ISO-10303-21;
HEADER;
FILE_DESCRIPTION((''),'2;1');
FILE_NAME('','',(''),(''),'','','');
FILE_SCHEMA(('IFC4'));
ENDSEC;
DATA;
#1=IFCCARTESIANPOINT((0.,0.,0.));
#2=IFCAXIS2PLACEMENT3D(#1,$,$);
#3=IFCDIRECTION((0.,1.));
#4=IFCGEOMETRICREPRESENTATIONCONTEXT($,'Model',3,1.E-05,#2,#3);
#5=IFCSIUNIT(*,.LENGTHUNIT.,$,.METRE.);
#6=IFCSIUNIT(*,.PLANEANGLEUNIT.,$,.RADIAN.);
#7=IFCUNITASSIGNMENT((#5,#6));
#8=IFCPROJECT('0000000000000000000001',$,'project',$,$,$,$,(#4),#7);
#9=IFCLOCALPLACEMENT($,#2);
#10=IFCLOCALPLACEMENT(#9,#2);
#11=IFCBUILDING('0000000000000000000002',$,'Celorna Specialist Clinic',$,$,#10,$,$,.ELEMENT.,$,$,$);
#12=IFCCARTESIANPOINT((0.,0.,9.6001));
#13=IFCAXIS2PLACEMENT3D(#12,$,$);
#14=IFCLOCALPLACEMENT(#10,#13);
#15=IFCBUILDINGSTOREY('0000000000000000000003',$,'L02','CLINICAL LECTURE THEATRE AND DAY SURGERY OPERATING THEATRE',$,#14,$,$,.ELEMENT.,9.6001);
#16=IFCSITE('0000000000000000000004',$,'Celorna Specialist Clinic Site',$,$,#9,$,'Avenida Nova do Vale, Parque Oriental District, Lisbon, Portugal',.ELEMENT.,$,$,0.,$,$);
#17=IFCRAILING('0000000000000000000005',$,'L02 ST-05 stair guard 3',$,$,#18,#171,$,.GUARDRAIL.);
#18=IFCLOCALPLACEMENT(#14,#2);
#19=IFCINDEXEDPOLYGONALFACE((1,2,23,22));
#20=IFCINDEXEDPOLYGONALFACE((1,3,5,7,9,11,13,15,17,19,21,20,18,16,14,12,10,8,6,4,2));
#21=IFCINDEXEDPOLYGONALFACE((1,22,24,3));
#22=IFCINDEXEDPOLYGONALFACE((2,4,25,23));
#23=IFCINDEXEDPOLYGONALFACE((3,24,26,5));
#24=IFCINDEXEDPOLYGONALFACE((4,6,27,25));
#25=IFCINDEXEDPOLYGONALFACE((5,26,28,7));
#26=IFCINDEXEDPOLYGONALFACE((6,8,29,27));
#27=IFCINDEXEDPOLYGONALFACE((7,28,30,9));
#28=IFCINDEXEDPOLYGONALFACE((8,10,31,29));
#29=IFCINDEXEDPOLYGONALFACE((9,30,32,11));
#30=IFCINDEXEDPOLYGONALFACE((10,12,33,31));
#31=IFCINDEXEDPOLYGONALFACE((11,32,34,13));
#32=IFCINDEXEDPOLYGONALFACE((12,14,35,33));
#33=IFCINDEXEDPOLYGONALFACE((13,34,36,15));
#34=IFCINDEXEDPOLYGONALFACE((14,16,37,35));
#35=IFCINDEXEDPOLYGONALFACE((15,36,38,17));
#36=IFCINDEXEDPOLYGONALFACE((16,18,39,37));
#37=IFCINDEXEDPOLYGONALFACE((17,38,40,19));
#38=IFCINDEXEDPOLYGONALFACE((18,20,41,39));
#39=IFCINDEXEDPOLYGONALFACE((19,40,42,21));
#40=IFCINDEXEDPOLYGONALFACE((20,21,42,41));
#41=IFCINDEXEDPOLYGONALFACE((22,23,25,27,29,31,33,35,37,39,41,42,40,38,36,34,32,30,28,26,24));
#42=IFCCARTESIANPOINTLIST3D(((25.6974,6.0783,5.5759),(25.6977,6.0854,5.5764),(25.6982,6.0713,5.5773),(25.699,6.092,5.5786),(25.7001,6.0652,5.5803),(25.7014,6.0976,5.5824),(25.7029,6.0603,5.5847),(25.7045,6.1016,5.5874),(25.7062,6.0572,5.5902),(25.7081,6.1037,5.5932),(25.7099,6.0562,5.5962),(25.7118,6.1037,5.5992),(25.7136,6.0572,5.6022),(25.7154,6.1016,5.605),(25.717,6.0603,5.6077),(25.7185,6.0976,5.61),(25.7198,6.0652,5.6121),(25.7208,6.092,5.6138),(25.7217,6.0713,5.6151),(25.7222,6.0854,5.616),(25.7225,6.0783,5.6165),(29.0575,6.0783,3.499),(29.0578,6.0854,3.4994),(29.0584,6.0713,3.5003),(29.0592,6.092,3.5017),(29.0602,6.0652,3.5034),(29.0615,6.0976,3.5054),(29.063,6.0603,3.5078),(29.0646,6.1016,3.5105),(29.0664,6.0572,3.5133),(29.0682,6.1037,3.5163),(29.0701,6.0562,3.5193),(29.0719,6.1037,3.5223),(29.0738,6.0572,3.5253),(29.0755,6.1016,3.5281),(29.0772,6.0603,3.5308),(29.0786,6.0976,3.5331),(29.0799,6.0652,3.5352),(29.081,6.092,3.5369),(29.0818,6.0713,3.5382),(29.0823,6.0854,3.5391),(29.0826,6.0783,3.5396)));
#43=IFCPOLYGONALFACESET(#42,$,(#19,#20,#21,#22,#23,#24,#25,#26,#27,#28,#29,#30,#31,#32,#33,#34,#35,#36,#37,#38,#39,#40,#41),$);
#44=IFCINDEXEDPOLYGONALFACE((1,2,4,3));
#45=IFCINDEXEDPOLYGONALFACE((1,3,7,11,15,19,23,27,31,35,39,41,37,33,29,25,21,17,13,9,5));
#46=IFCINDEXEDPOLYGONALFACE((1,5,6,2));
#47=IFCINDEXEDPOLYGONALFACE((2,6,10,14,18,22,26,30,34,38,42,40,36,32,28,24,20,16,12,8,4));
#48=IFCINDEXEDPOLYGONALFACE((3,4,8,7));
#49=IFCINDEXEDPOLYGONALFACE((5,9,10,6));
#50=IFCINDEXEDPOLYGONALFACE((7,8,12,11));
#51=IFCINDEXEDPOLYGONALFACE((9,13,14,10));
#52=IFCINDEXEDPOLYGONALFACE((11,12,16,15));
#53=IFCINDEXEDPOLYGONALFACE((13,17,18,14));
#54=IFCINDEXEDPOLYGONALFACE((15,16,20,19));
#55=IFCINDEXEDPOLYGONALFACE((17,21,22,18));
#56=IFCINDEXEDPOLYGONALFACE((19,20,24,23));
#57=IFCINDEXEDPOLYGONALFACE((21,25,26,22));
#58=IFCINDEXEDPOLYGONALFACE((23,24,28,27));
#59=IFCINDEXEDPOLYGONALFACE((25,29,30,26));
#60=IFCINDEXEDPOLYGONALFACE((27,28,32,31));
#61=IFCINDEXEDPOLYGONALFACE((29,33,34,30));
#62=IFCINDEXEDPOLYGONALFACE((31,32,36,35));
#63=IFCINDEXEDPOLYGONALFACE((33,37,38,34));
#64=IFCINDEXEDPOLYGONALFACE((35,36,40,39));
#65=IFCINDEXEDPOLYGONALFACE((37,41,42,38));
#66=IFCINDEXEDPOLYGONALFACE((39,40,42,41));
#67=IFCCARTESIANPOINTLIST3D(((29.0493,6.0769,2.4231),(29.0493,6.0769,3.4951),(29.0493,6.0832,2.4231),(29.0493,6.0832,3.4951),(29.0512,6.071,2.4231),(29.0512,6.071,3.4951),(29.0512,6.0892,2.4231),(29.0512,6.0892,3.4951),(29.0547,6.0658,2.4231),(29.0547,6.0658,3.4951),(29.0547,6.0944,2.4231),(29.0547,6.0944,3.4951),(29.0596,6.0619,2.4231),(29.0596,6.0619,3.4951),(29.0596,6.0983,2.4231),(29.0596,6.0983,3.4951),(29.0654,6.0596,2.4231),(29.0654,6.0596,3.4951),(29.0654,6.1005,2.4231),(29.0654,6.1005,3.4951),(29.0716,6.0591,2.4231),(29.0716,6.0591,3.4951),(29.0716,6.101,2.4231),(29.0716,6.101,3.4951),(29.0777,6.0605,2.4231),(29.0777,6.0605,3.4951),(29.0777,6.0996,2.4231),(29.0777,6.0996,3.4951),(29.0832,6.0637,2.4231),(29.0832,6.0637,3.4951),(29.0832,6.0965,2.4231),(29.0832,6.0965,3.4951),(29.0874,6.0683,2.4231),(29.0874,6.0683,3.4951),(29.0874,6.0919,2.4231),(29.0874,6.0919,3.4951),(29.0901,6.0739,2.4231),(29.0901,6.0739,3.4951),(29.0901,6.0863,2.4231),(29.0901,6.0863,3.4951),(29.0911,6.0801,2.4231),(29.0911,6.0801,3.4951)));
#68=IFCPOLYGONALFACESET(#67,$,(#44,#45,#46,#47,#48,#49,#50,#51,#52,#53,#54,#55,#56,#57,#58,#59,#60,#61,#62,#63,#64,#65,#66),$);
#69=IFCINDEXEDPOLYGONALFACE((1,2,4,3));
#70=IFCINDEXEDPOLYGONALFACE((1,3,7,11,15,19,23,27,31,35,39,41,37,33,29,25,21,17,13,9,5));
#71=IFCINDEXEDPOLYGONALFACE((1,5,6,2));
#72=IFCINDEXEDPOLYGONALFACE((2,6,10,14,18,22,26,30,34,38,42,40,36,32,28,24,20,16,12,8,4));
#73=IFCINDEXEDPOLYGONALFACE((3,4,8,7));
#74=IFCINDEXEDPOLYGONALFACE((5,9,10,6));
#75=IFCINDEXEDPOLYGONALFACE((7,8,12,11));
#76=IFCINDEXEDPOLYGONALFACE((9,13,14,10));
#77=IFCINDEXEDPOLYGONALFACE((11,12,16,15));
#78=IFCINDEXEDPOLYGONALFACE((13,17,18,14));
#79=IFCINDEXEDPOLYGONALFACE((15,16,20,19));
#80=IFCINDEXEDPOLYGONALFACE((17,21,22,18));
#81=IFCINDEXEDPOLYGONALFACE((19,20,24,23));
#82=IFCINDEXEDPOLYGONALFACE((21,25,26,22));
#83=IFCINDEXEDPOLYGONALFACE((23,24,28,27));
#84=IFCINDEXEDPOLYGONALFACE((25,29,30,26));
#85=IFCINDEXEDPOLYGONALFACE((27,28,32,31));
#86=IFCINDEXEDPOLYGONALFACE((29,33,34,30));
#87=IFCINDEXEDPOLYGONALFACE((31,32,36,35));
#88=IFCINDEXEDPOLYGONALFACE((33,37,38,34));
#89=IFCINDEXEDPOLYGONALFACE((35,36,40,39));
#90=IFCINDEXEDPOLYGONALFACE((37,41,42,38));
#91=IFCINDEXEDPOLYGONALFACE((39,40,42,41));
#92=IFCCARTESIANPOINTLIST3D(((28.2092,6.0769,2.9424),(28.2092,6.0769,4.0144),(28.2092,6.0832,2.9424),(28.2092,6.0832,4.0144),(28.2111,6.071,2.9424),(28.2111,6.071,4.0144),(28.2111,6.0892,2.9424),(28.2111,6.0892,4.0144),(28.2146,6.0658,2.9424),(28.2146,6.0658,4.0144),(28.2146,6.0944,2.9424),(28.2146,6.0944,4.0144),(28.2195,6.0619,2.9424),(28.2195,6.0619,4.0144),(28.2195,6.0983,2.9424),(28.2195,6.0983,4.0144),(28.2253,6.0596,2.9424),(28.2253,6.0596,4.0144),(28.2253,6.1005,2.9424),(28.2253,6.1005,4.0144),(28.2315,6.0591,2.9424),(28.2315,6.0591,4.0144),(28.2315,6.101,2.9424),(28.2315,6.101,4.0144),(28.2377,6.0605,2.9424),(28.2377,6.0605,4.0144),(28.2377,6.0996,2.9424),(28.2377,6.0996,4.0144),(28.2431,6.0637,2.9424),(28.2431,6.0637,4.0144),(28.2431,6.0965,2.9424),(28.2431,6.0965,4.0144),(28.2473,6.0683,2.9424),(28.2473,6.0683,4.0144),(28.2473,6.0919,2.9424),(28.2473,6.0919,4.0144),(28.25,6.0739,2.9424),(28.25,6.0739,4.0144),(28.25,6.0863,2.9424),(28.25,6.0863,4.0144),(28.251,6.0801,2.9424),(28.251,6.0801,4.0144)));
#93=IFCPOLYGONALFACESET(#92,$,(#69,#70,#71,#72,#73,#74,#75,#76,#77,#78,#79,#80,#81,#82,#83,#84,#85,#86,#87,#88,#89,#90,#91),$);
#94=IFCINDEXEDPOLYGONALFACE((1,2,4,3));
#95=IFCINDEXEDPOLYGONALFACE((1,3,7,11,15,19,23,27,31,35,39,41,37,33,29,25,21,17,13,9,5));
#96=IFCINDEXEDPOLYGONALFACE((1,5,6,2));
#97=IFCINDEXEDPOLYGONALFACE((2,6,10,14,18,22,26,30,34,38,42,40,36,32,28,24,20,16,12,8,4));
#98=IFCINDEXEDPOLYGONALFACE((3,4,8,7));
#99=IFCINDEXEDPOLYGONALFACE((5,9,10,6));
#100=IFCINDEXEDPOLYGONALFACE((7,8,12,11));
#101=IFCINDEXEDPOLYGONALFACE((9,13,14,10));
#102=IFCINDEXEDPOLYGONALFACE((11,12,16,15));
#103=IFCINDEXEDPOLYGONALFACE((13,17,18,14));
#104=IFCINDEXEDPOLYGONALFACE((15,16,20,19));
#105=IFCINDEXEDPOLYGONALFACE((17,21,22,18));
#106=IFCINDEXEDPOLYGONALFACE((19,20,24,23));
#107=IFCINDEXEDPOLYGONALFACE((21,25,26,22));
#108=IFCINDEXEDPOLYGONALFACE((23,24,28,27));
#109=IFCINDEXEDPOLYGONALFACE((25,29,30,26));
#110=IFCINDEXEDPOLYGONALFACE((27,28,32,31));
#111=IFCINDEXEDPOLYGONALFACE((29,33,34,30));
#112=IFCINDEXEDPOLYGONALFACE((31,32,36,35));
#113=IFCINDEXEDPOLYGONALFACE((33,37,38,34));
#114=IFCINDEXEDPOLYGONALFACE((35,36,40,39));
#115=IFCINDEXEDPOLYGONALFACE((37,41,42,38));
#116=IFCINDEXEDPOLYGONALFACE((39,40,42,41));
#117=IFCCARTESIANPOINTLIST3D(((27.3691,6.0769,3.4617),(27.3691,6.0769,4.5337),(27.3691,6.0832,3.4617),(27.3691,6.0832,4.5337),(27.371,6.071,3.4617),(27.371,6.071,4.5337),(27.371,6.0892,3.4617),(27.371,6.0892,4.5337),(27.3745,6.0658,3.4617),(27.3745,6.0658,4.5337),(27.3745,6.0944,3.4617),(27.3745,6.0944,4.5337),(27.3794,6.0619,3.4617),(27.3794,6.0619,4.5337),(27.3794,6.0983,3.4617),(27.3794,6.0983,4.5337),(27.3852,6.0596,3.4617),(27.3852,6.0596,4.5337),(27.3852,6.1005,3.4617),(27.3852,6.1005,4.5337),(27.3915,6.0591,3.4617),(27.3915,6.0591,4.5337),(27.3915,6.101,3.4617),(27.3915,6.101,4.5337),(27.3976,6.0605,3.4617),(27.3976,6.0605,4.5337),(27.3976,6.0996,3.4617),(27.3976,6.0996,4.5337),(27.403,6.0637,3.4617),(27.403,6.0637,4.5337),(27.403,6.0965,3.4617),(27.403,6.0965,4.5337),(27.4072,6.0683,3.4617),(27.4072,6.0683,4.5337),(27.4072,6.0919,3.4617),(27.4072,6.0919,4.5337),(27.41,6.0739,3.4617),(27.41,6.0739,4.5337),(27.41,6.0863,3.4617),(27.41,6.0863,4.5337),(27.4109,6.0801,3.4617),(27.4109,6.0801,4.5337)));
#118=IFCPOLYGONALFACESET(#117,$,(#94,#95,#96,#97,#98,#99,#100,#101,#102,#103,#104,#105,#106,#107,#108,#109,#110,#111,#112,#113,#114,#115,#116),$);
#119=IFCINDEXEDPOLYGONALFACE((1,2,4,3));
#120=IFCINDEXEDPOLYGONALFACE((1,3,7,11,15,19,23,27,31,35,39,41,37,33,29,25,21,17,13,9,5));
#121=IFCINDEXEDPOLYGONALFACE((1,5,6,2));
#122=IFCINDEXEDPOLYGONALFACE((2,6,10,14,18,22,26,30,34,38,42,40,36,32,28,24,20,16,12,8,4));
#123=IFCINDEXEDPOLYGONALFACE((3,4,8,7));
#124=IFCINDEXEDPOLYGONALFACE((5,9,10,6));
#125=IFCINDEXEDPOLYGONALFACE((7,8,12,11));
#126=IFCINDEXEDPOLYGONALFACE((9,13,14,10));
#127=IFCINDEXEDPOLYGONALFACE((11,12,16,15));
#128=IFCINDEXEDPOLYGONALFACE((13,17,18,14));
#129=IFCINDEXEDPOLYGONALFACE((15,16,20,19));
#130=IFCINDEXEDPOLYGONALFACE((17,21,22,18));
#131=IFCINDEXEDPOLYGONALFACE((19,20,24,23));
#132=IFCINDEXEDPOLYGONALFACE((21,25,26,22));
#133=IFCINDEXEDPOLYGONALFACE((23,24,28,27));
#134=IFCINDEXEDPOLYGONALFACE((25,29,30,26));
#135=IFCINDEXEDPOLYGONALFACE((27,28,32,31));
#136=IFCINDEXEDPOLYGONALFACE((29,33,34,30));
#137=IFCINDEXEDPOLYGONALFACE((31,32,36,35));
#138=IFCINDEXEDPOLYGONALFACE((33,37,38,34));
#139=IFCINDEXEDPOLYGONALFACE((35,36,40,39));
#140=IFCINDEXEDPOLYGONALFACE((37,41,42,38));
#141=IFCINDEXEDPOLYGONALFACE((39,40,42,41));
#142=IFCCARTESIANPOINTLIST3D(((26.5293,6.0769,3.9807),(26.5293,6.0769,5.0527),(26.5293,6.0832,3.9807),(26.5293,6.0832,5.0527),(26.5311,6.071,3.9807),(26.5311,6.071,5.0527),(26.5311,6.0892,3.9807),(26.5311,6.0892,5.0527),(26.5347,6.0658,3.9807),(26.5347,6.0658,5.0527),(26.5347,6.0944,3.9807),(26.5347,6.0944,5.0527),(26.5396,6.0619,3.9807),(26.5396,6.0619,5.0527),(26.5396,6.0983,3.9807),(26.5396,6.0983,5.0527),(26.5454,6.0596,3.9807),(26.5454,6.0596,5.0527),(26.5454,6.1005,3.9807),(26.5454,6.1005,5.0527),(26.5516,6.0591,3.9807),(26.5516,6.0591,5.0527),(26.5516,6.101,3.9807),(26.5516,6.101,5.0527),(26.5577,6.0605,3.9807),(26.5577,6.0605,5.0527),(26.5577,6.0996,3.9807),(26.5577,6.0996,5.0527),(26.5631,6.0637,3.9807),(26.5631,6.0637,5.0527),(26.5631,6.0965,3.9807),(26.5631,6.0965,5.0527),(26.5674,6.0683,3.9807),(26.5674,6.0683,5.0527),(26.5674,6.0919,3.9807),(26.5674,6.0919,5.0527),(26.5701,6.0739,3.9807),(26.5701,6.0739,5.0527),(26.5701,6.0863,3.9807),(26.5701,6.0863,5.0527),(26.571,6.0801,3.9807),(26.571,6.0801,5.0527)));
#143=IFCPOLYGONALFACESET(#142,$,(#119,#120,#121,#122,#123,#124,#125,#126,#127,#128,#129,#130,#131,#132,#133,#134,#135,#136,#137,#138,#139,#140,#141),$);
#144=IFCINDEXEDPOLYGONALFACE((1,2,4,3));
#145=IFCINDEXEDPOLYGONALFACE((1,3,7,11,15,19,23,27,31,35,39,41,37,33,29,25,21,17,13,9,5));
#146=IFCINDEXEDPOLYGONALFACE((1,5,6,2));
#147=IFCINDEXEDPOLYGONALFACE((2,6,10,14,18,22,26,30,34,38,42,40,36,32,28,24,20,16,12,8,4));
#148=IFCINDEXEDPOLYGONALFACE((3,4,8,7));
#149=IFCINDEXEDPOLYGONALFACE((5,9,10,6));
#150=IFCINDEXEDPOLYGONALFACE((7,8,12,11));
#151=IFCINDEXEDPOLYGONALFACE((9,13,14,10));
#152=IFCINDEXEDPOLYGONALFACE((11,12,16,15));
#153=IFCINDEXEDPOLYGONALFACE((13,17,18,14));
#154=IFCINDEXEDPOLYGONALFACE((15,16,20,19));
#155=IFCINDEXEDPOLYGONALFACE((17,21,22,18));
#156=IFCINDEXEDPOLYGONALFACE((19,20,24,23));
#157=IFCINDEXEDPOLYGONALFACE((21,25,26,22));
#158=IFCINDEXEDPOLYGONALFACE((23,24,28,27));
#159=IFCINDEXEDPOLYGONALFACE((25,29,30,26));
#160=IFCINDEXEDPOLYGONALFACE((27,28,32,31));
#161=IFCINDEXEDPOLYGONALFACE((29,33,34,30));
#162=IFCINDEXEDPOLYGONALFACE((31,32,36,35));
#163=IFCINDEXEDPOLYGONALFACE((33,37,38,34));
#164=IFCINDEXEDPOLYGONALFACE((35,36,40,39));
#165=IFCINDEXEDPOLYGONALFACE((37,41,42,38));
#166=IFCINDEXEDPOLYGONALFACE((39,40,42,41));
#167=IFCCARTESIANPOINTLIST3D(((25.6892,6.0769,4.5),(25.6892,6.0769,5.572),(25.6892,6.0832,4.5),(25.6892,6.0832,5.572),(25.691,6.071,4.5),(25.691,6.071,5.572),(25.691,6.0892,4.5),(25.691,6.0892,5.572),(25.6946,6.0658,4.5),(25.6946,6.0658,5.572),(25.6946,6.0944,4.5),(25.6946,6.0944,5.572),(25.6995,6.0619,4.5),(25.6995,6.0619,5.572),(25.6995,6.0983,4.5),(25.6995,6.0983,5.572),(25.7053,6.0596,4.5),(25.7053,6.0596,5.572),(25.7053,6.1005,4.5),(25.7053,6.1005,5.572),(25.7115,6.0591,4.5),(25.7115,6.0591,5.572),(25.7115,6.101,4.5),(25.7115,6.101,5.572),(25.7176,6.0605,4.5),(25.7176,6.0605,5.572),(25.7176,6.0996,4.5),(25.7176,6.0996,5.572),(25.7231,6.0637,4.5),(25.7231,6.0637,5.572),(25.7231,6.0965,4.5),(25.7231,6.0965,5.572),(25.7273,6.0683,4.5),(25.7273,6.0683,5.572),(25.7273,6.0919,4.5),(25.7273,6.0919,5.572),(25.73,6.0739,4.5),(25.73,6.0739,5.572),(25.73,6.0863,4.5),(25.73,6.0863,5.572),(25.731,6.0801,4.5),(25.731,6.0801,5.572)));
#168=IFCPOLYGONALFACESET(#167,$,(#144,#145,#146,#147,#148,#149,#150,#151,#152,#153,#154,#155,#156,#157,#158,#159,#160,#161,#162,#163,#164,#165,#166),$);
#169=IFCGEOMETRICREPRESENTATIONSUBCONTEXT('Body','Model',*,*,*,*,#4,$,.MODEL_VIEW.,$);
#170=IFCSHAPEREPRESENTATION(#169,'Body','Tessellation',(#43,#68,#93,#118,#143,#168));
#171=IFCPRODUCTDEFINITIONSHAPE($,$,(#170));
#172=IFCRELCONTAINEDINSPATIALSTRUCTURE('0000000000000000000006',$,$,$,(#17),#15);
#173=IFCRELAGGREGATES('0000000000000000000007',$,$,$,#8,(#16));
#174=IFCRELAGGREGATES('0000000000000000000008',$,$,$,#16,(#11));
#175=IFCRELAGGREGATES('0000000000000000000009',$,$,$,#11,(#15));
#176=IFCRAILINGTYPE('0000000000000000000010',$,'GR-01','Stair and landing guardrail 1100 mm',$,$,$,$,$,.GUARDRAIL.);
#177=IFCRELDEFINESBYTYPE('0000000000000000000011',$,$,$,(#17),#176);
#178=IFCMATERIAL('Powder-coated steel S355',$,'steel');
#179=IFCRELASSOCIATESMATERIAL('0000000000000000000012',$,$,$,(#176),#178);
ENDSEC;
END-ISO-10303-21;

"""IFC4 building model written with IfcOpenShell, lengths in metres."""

from ifc_helpers import new_model, si_unit, direction, frame, origin, origin_2d, place, context, subcontext, project, spatial, circle, extrude, material, type_object, element, save


model = new_model("IFC4")

# Units and contexts
model_context = context("Model", 3, precision=1e-05, world=origin(), true_north=direction((0.0, 1.0)))
body_context = subcontext(model_context, "Body", "Model", "MODEL_VIEW")
ifc_project = project(units=[si_unit("LENGTHUNIT", "METRE"), si_unit("PLANEANGLEUNIT", "RADIAN")], contexts=[model_context])

# Site, building, storey
site_placement = place(None, origin())
site = spatial("IfcSite", under=ifc_project, at=site_placement, Name="Celorna Specialist Clinic Site", LongName="Avenida Nova do Vale, Parque Oriental District, Lisbon, Portugal", CompositionType="ELEMENT", RefElevation=0.0)
building_placement = place(site_placement, origin())
building = spatial("IfcBuilding", under=site, at=building_placement, Name="Celorna Specialist Clinic", CompositionType="ELEMENT")
storey_placement = place(building_placement, frame((0.0, 0.0, 9.6001)))
storey = spatial("IfcBuildingStorey", under=building, at=storey_placement, Name="L02", Description="CLINICAL LECTURE THEATRE AND DAY SURGERY OPERATING THEATRE", CompositionType="ELEMENT", Elevation=9.6001)

# Railing
ifc_material_1 = material(Name="Powder-coated steel S355", Category="steel")
railing_type_1 = type_object("IfcRailingType", Name="GR-01", Description="Stair and landing guardrail 1100 mm", PredefinedType="GUARDRAIL", material=ifc_material_1)
railing_1_placement = place(storey_placement, frame((29.0701, 6.0801, 2.4231)))
element("IfcRailing", 1, at=railing_1_placement, inside=storey, type_object=railing_type_1, Name="L02 ST-05 stair guard 3", PredefinedType="GUARDRAIL", context=body_context, shape_type="SweptSolid", body=[
    extrude(circle(Radius=0.0239, at=origin_2d()), frame((0.0, 0.0, 1.0962), z_axis=(-0.850623, 0.0, 0.525776), x_axis=(0.0, -1.0, 0.0)), (0.0, 0.0, 1.0), 3.9502),
    extrude(circle(Radius=0.021, at=origin_2d()), origin(), (0.0, 0.0, 1.0), 1.072),
    extrude(circle(Radius=0.021, at=origin_2d()), frame((-0.8401, 0.0, 0.5193)), (0.0, 0.0, 1.0), 1.072),
    extrude(circle(Radius=0.021, at=origin_2d()), frame((-1.6802, 0.0, 1.0386)), (0.0, 0.0, 1.0), 1.072),
    extrude(circle(Radius=0.021, at=origin_2d()), frame((-2.52, 0.0, 1.5576)), (0.0, 0.0, 1.0), 1.072),
    extrude(circle(Radius=0.021, at=origin_2d()), frame((-3.3601, 0.0, 2.0769)), (0.0, 0.0, 1.0), 1.072),
])

save(model, "model.ifc")
